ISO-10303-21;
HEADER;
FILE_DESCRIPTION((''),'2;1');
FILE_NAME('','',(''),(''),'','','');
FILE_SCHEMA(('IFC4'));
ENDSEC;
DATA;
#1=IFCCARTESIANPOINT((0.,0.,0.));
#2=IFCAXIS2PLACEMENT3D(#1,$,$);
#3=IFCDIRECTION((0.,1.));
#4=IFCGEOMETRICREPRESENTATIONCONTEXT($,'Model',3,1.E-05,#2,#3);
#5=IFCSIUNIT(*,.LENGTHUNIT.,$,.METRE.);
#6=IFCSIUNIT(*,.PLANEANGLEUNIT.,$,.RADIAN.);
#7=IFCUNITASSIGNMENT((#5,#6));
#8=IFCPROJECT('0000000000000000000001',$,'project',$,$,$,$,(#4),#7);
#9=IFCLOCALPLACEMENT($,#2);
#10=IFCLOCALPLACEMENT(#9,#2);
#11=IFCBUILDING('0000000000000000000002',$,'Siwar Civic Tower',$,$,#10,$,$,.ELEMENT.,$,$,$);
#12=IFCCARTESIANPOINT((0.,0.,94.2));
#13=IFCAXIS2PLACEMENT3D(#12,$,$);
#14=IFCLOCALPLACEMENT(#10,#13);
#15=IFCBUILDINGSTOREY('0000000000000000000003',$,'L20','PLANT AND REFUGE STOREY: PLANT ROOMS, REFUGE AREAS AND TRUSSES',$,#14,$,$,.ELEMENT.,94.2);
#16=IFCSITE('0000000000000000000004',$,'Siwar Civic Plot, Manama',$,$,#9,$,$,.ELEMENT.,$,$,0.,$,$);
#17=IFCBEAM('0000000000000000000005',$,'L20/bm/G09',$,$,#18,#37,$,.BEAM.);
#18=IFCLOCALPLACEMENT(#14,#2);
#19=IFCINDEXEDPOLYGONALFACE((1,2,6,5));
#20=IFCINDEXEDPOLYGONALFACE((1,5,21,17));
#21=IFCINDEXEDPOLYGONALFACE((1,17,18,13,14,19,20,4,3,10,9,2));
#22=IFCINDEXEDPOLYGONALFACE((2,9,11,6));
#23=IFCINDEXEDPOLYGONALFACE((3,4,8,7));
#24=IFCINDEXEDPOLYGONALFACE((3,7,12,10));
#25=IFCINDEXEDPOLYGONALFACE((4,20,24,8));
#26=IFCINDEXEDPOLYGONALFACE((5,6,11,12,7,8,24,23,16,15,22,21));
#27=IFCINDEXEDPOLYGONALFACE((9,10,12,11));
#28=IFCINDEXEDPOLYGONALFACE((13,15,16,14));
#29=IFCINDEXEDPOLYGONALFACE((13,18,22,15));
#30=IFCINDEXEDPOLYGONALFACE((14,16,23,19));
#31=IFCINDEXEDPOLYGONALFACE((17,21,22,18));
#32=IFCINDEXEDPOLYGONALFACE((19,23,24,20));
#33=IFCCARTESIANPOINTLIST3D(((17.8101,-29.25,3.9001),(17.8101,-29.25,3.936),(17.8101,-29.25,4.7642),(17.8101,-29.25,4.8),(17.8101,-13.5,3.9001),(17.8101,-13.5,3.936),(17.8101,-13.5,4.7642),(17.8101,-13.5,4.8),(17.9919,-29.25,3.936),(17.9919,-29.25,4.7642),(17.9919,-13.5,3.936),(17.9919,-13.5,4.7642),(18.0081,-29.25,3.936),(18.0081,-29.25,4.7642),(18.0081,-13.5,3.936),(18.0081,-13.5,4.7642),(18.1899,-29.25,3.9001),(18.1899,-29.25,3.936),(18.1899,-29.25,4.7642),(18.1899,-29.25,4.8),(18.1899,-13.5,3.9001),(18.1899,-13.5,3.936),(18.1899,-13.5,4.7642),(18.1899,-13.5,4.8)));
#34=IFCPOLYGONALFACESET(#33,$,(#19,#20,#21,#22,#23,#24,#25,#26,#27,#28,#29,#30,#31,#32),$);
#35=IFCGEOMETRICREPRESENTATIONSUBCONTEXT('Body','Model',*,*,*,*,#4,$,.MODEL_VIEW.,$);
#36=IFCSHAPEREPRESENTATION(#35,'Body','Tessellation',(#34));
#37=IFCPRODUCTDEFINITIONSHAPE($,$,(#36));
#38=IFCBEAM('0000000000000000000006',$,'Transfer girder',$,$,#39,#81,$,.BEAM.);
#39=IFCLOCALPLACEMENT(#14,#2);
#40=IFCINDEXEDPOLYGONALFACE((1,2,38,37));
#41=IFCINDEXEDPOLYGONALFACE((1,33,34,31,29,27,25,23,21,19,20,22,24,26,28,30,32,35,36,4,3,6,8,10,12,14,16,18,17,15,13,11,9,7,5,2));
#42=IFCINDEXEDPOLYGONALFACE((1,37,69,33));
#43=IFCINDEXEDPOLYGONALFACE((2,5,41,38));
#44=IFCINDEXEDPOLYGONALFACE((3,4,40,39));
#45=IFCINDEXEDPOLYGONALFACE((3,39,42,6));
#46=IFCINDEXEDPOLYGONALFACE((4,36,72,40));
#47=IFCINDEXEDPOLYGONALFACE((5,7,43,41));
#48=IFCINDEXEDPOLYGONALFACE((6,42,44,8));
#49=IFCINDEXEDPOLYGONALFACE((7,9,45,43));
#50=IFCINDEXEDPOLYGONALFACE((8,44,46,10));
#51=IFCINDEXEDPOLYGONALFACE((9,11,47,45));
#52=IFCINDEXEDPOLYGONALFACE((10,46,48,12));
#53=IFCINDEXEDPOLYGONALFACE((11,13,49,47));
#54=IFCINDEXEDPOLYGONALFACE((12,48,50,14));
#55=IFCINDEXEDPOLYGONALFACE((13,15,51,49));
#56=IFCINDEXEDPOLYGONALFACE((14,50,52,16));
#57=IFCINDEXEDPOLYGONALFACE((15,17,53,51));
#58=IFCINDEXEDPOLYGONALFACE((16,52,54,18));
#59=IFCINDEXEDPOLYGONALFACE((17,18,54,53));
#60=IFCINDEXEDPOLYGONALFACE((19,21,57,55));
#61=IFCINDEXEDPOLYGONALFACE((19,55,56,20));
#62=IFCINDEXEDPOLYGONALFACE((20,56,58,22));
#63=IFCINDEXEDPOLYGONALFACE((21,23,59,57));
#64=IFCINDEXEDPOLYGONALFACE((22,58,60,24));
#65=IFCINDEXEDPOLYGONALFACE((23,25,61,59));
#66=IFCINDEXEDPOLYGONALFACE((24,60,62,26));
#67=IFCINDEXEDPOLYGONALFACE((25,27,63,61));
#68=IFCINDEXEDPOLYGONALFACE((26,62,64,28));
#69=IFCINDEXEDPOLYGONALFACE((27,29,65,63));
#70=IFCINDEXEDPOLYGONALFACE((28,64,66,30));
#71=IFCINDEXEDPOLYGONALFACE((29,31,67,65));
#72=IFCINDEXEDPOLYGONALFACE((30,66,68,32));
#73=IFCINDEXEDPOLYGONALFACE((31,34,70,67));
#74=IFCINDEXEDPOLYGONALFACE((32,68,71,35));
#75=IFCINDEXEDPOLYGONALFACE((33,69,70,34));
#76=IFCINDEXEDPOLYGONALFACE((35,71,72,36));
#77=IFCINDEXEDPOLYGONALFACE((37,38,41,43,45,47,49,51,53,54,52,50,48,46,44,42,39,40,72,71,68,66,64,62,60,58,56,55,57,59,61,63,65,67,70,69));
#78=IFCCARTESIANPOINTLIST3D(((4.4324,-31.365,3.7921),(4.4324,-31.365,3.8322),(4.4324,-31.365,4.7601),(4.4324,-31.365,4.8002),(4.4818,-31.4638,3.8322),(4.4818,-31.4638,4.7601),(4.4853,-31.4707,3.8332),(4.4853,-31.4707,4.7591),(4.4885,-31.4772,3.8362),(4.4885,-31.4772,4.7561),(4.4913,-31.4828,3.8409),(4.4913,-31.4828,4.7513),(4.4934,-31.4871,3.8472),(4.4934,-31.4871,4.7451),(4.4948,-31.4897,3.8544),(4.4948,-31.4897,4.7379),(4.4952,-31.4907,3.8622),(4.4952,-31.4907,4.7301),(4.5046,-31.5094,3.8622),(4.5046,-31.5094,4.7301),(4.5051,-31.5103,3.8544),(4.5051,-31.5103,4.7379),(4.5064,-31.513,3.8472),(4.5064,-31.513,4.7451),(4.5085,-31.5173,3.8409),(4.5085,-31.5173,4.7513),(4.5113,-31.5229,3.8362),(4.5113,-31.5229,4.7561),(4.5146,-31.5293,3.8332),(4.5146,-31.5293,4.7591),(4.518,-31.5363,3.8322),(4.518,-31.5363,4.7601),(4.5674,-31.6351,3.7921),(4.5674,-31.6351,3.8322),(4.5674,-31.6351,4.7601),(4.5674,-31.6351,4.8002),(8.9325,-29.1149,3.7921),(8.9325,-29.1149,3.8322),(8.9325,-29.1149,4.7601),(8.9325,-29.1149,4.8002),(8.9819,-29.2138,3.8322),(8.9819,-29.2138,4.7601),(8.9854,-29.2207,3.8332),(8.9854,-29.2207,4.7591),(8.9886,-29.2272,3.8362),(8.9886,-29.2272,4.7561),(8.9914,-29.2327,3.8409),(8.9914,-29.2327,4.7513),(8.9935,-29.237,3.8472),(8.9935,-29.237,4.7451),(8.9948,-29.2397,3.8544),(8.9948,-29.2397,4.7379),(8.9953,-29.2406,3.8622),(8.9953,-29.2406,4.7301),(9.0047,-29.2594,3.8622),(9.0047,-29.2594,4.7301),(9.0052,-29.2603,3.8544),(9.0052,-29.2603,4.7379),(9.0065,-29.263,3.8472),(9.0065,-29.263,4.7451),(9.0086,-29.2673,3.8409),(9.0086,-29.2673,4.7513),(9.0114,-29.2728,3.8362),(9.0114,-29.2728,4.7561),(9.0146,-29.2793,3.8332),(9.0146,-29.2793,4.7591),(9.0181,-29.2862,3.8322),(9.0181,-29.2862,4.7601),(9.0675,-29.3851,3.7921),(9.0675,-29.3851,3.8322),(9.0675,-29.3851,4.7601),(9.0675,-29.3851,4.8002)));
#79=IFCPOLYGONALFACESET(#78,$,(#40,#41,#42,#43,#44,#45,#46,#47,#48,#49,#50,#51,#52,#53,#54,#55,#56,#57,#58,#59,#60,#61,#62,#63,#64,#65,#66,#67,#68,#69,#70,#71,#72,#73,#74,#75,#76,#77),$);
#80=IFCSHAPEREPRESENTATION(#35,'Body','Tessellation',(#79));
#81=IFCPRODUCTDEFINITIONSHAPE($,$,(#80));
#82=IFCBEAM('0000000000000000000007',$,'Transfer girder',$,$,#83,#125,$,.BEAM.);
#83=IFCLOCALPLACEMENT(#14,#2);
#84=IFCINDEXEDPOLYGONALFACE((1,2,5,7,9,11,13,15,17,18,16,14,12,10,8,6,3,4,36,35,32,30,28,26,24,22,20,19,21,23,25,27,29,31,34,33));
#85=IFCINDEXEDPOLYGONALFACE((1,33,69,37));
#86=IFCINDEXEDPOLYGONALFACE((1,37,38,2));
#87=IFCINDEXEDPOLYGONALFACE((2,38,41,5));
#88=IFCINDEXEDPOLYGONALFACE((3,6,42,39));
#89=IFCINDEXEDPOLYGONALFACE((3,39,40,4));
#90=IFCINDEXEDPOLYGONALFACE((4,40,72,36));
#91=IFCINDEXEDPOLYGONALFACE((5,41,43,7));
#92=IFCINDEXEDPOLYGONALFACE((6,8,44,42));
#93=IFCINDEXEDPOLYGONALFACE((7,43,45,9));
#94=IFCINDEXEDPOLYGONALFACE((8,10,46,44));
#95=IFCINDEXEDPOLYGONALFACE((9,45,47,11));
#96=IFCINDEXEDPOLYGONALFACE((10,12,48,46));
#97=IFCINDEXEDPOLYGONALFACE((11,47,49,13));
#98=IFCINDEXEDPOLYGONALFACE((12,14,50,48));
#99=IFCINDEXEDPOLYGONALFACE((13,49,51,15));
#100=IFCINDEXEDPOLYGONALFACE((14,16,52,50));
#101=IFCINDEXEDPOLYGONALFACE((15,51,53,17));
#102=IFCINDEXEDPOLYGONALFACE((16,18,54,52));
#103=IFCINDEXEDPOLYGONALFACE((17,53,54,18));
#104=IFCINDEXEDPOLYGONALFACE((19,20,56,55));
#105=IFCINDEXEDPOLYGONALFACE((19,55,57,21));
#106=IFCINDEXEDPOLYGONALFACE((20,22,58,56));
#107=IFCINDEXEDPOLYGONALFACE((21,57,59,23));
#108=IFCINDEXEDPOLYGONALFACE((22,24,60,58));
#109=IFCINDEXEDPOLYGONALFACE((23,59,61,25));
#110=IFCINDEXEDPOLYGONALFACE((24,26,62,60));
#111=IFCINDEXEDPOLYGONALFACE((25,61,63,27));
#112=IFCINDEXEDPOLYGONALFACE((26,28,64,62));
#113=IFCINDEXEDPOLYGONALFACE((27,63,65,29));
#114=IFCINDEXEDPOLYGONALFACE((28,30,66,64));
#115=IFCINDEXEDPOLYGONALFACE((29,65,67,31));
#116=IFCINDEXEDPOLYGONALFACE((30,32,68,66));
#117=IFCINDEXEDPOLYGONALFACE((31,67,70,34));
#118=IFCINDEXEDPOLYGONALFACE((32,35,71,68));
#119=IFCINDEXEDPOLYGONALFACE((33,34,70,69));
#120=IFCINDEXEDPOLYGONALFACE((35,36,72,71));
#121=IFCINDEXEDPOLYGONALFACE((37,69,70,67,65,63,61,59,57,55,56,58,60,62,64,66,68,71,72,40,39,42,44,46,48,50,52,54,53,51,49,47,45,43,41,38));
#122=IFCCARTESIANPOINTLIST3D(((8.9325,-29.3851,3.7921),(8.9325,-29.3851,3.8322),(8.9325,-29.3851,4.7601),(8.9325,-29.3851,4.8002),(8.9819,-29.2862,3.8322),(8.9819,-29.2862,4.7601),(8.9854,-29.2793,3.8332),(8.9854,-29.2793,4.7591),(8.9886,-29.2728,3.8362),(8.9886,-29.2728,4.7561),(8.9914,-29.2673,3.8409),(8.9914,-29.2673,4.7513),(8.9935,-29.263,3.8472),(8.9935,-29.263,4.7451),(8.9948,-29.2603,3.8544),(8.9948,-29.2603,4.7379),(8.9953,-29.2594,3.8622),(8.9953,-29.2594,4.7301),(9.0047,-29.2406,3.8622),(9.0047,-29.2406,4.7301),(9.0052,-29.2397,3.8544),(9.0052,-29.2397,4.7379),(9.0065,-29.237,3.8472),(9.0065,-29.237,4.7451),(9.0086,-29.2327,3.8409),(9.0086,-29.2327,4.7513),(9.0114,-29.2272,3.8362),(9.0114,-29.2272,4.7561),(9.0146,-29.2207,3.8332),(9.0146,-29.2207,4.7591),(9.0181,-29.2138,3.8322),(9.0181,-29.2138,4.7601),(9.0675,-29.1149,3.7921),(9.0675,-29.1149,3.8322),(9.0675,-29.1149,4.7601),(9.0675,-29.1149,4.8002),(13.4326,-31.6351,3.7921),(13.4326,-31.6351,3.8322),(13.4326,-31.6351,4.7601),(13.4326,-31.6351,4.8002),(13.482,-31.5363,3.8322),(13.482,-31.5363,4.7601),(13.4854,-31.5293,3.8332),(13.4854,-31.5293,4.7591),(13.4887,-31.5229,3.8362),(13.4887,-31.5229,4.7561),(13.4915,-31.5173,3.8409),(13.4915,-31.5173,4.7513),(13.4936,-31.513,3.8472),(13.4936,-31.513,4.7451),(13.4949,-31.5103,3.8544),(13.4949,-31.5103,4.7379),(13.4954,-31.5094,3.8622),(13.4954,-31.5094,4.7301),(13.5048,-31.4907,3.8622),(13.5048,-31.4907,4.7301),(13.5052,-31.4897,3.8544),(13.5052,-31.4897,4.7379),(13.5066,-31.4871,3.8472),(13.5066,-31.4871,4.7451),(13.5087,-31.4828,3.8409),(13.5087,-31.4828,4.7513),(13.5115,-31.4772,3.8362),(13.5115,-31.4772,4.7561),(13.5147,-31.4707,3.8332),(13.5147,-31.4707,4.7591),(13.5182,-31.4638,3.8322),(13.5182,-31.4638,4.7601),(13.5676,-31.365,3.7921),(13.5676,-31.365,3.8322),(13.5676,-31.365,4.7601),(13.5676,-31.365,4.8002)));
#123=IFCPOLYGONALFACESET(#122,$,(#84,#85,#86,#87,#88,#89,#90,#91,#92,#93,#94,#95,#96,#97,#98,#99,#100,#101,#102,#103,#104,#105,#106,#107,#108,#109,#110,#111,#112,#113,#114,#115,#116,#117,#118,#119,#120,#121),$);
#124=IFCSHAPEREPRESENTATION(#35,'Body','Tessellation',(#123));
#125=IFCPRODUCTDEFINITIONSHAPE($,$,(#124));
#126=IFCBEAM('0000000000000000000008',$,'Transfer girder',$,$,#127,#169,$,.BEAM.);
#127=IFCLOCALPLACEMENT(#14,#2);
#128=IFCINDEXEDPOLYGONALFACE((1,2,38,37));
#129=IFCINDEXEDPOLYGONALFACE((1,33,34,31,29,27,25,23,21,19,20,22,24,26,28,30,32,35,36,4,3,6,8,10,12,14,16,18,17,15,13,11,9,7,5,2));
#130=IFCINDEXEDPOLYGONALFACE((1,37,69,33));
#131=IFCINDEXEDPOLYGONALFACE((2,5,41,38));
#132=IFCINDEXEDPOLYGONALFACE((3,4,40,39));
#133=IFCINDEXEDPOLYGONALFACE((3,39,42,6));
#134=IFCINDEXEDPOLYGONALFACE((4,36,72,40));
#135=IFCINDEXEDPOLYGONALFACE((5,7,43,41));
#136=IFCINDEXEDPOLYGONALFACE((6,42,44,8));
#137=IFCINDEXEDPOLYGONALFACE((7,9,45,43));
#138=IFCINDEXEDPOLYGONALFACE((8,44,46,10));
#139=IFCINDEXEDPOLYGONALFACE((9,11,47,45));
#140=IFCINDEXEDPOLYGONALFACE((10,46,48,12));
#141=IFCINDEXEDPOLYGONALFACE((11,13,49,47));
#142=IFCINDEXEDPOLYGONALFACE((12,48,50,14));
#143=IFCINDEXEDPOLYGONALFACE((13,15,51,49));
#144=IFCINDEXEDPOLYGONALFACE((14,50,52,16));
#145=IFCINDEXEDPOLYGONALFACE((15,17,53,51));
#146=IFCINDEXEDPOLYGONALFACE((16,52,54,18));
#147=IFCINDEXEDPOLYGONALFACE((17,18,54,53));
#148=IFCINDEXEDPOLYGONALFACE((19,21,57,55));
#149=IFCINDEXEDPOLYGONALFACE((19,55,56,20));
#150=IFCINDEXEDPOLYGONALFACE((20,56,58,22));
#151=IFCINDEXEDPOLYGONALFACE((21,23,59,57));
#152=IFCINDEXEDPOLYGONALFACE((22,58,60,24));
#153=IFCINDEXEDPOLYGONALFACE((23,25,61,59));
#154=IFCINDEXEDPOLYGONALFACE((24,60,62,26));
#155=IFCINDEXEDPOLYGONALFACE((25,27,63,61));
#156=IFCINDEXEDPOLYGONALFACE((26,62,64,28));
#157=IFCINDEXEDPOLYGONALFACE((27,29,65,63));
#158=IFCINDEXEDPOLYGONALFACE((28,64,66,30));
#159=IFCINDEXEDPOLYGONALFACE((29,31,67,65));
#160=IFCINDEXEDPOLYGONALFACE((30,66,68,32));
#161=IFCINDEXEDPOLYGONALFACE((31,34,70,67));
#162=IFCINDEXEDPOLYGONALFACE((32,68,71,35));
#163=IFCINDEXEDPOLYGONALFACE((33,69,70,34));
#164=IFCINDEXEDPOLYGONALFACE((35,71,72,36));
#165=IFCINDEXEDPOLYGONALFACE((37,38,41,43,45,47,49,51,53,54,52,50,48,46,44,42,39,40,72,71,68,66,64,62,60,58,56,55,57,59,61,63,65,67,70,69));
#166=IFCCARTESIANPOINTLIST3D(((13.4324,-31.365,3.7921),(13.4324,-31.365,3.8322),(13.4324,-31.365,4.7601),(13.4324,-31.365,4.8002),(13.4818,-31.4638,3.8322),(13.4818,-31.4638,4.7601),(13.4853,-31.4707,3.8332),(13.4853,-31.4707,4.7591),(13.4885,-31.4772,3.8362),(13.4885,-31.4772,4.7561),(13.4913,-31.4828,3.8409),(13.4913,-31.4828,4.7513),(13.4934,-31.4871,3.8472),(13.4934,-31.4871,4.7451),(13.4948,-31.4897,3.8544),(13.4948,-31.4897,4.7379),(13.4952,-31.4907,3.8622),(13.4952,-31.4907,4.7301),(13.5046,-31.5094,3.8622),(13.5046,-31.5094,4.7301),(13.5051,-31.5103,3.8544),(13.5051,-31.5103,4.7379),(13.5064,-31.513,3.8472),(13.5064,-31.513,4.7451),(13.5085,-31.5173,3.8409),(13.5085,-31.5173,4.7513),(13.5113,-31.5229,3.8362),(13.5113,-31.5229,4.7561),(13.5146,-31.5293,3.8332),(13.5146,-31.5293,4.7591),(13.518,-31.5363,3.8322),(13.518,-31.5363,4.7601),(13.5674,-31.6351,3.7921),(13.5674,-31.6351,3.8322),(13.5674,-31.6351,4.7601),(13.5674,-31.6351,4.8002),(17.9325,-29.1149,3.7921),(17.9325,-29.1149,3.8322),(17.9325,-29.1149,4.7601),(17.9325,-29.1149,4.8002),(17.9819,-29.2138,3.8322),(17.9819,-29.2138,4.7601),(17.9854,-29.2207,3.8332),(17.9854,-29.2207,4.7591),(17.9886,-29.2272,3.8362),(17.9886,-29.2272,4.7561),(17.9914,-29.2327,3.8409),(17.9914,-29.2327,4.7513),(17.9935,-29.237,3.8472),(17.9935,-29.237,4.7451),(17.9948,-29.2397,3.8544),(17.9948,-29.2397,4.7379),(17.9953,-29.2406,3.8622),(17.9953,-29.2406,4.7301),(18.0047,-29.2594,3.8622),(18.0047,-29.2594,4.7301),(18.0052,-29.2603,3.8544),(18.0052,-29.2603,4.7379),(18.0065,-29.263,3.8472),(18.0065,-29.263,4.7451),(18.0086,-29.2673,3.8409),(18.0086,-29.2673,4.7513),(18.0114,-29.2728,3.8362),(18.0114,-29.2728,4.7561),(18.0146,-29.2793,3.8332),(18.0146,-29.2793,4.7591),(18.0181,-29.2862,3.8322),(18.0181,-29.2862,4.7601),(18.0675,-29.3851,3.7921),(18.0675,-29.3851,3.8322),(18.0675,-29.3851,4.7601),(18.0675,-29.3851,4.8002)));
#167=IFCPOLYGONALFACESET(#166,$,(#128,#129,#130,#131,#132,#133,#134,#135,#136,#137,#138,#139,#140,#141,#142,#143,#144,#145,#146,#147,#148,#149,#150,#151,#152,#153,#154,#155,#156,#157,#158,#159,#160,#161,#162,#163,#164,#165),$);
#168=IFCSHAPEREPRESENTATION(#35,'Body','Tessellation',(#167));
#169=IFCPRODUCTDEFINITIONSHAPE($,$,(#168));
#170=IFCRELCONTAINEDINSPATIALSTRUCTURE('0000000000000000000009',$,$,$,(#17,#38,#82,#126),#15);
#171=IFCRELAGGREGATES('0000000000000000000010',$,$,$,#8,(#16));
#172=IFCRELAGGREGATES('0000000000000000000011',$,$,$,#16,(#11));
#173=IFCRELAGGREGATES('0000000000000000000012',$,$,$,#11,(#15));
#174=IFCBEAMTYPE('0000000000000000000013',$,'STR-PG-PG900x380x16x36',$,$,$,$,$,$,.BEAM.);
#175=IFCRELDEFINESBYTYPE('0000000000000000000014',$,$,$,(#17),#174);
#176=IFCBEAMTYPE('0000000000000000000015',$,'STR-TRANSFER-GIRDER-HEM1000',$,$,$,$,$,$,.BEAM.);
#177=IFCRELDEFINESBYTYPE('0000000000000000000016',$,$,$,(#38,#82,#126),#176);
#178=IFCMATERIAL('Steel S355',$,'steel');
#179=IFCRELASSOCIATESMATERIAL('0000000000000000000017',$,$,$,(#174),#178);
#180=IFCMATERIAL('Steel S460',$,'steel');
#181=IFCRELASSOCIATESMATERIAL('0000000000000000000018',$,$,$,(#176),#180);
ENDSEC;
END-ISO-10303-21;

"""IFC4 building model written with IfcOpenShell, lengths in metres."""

from ifc_helpers import new_model, si_unit, direction, frame, origin, origin_2d, place, context, subcontext, project, spatial, i_section, extrude, material, material_profile, profile_set, type_object, element, save


model = new_model("IFC4")

# Units and contexts
model_context = context("Model", 3, precision=1e-05, world=origin(), true_north=direction((0.0, 1.0)))
body_context = subcontext(model_context, "Body", "Model", "MODEL_VIEW")
ifc_project = project(units=[si_unit("LENGTHUNIT", "METRE"), si_unit("PLANEANGLEUNIT", "RADIAN")], contexts=[model_context])

# Site, building, storey
site_placement = place(None, origin())
site = spatial("IfcSite", under=ifc_project, at=site_placement, Name="Siwar Civic Plot, Manama", CompositionType="ELEMENT", RefElevation=0.0)
building_placement = place(site_placement, origin())
building = spatial("IfcBuilding", under=site, at=building_placement, Name="Siwar Civic Tower", CompositionType="ELEMENT")
storey_placement = place(building_placement, frame((0.0, 0.0, 94.2)))
storey = spatial("IfcBuildingStorey", under=building, at=storey_placement, Name="L20", Description="PLANT AND REFUGE STOREY: PLANT ROOMS, REFUGE AREAS AND TRUSSES", CompositionType="ELEMENT", Elevation=94.2)

# Beams
ifc_material_1 = material(Name="Steel S355", Category="steel")
ifc_material_profile_1 = material_profile(ifc_material_1, i_section(OverallWidth=0.3799, OverallDepth=0.8999, WebThickness=0.0161, FlangeThickness=0.0359, at=origin_2d()), Name="PG900x380x16x36")
ifc_profile_set_1 = profile_set([ifc_material_profile_1], Name="Steel S355")
beam_type_1 = type_object("IfcBeamType", Name="STR-PG-PG900x380x16x36", PredefinedType="BEAM", material=ifc_profile_set_1)
beam_placement = place(storey_placement, frame((18.0, -29.25, 4.3501), z_axis=(0.0, 1.0, 0.0), x_axis=(-1.0, 0.0, 0.0)))
element("IfcBeam", 1, at=beam_placement, inside=storey, type_object=beam_type_1, Name="L20/bm/G09", PredefinedType="BEAM", context=body_context, shape_type="SweptSolid", body=[
    extrude(i_section(OverallWidth=0.3799, OverallDepth=0.8999, WebThickness=0.0161, FlangeThickness=0.0359, at=origin_2d()), origin(), (0.0, 0.0, 1.0), 15.75),
])
ifc_material_2 = material(Name="Steel S460", Category="steel")
ifc_material_profile_2 = material_profile(ifc_material_2, i_section(OverallWidth=0.302, OverallDepth=1.0081, WebThickness=0.021, FlangeThickness=0.04, FilletRadius=0.03, at=origin_2d()), Name="HEM1000")
ifc_profile_set_2 = profile_set([ifc_material_profile_2], Name="Steel S460")
beam_type_2 = type_object("IfcBeamType", Name="STR-TRANSFER-GIRDER-HEM1000", PredefinedType="BEAM", material=ifc_profile_set_2)
for number, where, z_axis, x_axis, name in (
    (2, (9.0, -29.25, 4.2961), (-0.894427, -0.447214, 0.0), (0.447214, -0.894427, 0.0), "Transfer girder"),
    (3, (9.0, -29.25, 4.2961), (0.894427, -0.447214, 0.0), (0.447214, 0.894427, 0.0), "Transfer girder"),
    (4, (18.0, -29.25, 4.2961), (-0.894427, -0.447214, 0.0), (0.447214, -0.894427, 0.0), "Transfer girder"),
):
    element("IfcBeam", number, at=place(storey_placement, frame(where, z_axis=z_axis, x_axis=x_axis)), inside=storey, type_object=beam_type_2, Name=name, PredefinedType="BEAM", context=body_context, shape_type="SweptSolid", body=[
        extrude(i_section(OverallWidth=0.302, OverallDepth=1.0081, WebThickness=0.021, FlangeThickness=0.04, FilletRadius=0.03, at=origin_2d()), origin(), (0.0, 0.0, 1.0), 5.0312),
    ])

save(model, "model.ifc")
